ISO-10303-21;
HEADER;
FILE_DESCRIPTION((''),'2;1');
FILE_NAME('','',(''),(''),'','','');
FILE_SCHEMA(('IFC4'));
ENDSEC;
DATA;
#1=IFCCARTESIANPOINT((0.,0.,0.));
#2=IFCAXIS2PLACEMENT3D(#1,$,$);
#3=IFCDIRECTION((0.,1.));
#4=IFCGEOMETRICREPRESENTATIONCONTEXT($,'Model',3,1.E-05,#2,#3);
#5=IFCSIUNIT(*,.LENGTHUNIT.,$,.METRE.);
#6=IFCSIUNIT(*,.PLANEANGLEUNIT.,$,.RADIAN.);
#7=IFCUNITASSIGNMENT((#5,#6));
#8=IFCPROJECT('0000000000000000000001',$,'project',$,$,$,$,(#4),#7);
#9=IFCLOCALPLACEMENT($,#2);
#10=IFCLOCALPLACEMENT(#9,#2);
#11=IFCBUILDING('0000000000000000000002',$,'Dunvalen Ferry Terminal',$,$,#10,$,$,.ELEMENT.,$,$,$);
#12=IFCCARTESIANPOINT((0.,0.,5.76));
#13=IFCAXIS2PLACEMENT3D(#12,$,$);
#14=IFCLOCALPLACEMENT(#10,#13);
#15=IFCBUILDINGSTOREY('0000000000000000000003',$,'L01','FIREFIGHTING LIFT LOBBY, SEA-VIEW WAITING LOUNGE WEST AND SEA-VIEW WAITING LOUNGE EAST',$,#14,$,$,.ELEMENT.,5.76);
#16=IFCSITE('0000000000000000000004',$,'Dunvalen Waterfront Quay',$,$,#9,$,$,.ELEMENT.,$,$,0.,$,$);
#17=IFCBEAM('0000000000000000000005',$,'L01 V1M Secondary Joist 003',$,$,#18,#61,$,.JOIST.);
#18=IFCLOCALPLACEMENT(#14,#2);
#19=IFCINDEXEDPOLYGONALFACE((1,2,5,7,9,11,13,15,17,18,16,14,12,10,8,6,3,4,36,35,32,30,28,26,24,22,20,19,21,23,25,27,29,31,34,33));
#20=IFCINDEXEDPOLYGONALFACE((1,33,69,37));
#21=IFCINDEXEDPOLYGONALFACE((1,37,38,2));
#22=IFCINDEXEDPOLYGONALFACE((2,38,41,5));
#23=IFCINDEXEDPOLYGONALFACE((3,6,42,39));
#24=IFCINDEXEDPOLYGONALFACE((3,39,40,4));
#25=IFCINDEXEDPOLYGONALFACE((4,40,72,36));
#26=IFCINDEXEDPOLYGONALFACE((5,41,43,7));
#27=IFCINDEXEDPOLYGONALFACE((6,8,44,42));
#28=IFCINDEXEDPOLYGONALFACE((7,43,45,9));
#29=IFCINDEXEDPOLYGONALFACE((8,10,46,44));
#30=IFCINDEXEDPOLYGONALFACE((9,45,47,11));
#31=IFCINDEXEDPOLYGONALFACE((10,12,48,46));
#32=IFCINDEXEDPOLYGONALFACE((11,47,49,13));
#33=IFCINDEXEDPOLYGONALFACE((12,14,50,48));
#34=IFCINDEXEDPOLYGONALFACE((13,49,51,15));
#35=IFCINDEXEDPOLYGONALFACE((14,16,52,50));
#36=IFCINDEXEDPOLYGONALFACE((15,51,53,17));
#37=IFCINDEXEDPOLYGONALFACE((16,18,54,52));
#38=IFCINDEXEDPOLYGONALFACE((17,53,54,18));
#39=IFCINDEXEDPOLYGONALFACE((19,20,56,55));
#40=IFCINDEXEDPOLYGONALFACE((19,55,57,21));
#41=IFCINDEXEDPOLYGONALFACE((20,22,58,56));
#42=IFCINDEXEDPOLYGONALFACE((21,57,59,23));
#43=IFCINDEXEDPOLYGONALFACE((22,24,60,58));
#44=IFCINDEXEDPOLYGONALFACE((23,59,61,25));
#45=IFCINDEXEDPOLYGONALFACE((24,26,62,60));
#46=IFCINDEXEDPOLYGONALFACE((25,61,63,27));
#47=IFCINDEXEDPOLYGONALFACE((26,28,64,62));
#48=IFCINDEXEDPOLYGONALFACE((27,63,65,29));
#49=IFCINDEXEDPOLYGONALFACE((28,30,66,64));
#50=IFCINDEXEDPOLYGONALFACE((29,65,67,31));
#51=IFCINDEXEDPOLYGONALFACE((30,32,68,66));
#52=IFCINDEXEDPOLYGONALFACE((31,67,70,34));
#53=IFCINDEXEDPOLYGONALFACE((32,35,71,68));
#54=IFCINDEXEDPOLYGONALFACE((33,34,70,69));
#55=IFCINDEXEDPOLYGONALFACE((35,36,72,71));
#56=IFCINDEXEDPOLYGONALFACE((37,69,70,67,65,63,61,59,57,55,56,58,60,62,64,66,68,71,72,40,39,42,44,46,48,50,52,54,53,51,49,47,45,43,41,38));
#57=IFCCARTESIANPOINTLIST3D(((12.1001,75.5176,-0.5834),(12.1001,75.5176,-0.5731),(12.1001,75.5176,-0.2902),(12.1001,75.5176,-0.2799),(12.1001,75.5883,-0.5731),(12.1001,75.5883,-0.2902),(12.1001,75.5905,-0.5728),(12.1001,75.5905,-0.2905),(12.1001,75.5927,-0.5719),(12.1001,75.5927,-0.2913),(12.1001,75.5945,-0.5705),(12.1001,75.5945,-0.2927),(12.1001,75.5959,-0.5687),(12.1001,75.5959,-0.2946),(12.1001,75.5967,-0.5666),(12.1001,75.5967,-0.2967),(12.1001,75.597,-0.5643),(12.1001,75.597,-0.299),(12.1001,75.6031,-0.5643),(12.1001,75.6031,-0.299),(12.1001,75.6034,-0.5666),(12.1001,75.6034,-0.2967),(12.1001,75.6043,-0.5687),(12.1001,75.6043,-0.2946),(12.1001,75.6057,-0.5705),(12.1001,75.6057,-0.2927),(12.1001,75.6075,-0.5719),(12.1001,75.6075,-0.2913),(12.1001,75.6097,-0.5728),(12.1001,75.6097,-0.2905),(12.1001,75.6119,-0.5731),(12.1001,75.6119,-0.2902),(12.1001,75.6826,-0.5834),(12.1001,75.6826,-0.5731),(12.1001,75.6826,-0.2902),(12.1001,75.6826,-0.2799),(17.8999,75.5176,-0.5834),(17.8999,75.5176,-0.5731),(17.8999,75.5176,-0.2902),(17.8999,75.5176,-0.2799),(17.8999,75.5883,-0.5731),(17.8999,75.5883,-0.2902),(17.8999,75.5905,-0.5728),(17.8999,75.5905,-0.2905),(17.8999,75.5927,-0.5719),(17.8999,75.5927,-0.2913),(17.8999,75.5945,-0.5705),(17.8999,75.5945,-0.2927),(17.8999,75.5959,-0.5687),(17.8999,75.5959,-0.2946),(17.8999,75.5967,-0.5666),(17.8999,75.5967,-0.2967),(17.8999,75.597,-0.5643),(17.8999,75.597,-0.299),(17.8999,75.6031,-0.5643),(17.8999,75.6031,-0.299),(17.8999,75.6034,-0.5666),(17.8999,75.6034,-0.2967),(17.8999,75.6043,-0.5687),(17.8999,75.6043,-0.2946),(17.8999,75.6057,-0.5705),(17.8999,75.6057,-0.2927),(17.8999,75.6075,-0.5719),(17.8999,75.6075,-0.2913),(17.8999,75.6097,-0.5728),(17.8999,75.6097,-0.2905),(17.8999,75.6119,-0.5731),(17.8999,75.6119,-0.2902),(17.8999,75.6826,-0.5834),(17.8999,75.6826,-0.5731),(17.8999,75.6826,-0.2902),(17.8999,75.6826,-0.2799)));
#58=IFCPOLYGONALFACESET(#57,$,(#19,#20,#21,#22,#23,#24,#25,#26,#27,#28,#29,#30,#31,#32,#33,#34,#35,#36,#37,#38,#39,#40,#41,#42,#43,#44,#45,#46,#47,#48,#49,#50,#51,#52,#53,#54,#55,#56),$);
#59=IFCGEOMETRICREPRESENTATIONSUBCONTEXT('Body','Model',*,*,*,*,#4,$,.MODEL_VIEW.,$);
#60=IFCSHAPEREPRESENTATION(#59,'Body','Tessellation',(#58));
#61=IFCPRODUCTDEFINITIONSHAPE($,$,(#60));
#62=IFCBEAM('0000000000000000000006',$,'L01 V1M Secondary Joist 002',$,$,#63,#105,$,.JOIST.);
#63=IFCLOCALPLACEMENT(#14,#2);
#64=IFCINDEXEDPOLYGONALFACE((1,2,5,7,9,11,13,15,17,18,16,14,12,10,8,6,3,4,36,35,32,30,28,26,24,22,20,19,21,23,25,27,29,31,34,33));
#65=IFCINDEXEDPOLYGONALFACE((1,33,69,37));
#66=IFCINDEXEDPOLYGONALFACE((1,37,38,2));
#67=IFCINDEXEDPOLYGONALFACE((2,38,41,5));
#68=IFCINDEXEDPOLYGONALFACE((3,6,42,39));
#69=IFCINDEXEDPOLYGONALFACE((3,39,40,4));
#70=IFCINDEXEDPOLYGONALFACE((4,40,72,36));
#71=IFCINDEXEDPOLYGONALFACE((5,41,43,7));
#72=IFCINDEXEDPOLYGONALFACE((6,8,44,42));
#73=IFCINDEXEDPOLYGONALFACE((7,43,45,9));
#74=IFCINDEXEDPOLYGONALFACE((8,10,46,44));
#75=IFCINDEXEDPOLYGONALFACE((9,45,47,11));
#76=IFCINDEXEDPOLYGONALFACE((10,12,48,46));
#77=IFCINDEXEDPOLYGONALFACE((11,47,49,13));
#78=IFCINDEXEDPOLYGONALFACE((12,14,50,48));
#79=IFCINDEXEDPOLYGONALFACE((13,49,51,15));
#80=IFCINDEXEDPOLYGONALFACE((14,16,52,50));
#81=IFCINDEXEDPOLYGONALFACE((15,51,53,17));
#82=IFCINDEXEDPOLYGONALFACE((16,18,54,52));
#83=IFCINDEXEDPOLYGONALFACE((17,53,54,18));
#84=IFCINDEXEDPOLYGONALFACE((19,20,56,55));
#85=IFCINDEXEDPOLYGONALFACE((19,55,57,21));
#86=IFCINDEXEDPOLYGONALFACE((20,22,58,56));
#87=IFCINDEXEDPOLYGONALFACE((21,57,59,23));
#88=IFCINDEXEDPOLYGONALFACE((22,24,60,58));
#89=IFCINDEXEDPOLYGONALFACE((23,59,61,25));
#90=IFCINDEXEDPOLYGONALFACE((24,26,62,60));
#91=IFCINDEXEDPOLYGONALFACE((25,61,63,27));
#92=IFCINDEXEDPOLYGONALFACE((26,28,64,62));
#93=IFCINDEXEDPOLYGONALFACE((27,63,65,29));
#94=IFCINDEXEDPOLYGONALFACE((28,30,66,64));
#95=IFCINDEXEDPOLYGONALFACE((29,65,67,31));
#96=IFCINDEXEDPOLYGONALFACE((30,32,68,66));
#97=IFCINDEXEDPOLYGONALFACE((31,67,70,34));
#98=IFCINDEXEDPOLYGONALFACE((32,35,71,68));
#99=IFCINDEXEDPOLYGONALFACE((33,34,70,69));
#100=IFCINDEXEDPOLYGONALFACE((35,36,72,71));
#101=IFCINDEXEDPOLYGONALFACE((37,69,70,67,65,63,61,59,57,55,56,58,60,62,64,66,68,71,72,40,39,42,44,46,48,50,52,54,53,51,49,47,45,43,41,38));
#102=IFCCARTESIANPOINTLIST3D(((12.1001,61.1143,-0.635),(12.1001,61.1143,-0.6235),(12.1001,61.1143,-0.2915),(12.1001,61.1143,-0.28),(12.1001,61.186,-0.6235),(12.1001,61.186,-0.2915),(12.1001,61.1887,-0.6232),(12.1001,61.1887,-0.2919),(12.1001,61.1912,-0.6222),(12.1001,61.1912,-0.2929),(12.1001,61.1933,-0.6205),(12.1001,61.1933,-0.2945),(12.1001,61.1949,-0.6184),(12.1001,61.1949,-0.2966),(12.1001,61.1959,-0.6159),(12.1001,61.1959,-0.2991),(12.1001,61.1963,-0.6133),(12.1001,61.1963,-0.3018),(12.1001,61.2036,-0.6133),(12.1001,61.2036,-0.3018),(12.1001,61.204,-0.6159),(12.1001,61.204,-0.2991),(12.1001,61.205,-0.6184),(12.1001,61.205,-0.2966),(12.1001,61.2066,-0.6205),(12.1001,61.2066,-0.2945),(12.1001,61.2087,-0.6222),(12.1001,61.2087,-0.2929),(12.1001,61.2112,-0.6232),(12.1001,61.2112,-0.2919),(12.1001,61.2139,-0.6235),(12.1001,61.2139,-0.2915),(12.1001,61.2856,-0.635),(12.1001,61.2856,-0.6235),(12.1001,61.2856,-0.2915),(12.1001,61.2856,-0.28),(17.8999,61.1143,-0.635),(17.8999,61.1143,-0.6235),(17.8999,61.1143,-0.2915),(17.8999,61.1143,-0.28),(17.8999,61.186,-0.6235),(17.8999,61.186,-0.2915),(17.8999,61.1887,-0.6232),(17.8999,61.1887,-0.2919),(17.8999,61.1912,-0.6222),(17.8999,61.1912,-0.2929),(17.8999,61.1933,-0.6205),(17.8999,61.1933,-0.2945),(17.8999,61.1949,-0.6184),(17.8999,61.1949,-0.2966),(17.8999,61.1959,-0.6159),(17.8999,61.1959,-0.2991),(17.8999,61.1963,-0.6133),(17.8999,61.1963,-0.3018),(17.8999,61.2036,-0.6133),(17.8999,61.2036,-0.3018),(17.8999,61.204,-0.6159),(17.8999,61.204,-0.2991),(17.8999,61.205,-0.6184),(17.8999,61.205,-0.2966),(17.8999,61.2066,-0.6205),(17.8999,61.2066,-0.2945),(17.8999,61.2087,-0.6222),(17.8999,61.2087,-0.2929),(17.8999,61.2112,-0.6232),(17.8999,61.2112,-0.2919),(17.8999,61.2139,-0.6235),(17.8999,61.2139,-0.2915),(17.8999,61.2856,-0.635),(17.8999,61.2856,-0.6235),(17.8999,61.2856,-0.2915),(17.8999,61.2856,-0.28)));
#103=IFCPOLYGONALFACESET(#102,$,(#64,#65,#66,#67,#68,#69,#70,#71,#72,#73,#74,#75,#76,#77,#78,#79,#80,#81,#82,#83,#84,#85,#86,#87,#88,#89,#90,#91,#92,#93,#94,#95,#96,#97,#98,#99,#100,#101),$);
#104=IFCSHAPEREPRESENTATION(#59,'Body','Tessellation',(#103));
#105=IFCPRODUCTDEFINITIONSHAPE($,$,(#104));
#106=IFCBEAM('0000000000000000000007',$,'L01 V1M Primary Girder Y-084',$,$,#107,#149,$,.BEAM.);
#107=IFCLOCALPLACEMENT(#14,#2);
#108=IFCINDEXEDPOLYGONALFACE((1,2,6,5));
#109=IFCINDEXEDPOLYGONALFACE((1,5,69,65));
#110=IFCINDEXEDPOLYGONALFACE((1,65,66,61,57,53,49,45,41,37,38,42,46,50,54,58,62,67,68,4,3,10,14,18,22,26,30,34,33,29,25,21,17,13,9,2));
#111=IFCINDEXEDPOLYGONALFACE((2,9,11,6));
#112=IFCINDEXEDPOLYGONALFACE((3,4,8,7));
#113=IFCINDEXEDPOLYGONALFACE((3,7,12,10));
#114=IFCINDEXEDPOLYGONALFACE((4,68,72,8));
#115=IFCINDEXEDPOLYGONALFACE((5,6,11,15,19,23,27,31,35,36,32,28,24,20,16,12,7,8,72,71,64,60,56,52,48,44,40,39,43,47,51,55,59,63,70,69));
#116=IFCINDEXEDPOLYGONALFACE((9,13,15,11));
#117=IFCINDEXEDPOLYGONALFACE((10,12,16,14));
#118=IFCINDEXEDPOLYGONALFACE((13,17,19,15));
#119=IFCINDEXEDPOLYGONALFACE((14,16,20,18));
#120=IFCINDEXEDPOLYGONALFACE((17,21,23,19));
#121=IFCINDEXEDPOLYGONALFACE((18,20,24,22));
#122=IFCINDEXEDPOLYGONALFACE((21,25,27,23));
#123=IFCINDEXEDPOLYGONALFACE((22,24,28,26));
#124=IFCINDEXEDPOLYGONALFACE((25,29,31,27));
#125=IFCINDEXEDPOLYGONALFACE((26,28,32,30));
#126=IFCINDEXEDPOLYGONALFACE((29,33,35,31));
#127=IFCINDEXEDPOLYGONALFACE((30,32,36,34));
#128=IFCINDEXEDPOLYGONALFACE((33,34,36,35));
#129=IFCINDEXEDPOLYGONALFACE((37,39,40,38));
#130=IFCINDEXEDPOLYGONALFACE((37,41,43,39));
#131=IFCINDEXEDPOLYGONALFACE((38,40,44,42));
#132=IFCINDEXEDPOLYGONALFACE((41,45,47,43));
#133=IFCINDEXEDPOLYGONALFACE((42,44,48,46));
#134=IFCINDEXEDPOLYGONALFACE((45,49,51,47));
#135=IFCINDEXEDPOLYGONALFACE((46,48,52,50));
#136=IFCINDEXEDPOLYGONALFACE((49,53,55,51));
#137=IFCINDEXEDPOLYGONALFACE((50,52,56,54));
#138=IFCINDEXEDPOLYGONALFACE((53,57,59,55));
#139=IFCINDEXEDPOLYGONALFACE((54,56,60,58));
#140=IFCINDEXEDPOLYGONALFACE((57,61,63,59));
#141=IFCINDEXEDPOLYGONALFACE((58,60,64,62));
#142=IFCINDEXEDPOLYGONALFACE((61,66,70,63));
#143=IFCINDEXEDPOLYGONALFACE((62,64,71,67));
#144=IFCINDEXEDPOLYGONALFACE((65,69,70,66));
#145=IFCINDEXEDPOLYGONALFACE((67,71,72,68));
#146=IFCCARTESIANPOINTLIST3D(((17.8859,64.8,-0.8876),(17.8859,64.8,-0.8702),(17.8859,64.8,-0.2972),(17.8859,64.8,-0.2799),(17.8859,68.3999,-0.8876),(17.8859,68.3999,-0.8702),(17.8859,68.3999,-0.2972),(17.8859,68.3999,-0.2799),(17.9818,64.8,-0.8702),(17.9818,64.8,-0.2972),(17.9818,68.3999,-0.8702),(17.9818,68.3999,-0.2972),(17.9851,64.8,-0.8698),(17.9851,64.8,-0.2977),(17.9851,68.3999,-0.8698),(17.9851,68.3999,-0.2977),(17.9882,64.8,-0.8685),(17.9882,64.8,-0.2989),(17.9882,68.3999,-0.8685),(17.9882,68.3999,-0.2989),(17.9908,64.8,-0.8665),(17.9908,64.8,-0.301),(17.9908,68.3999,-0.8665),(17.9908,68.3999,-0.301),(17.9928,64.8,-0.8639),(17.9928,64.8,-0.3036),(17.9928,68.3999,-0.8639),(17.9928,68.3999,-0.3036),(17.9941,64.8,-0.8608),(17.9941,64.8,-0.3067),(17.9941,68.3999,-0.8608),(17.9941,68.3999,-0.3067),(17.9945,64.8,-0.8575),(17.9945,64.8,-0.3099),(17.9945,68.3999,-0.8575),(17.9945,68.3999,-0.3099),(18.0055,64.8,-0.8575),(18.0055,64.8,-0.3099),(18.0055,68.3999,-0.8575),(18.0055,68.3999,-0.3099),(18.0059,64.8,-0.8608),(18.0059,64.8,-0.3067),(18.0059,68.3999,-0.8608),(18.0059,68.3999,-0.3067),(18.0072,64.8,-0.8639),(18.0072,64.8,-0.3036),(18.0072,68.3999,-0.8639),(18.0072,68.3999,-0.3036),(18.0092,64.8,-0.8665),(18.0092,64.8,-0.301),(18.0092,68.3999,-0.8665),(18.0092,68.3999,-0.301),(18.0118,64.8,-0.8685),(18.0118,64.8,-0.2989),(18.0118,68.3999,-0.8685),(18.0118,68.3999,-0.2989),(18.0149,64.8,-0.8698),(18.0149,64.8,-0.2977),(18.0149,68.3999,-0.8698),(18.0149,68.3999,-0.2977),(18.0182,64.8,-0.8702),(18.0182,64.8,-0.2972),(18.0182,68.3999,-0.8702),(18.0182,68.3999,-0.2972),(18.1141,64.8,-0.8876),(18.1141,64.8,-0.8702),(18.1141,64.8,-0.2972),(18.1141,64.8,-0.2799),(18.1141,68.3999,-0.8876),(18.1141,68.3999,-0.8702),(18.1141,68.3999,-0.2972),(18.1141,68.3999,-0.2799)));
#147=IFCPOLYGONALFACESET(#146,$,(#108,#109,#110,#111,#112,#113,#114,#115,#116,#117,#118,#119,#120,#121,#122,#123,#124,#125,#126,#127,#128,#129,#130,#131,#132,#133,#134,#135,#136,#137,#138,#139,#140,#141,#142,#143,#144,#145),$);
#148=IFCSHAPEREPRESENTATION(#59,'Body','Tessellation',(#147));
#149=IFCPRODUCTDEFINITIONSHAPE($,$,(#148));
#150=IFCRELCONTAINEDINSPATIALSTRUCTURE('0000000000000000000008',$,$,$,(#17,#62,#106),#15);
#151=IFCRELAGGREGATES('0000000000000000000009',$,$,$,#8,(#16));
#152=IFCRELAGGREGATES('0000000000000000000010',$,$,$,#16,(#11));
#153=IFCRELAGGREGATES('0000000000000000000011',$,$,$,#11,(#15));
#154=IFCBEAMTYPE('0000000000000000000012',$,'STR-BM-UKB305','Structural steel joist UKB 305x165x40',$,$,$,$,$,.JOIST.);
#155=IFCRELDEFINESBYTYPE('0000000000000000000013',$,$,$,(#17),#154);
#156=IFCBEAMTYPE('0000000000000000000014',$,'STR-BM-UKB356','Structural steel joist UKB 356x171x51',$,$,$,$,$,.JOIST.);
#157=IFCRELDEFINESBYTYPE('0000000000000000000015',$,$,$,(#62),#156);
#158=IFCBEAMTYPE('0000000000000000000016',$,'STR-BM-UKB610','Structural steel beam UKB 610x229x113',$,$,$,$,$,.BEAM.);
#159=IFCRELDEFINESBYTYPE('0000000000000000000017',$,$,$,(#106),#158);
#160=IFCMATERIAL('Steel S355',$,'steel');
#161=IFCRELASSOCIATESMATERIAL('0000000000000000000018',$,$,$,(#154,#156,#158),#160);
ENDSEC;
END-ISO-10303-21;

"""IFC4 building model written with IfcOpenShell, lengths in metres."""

from ifc_helpers import new_model, si_unit, direction, frame, origin, origin_2d, place, context, subcontext, project, spatial, i_section, extrude, material, material_profile, profile_set, type_object, element, save


model = new_model("IFC4")

# Units and contexts
model_context = context("Model", 3, precision=1e-05, world=origin(), true_north=direction((0.0, 1.0)))
body_context = subcontext(model_context, "Body", "Model", "MODEL_VIEW")
ifc_project = project(units=[si_unit("LENGTHUNIT", "METRE"), si_unit("PLANEANGLEUNIT", "RADIAN")], contexts=[model_context])

# Site, building, storey
site_placement = place(None, origin())
site = spatial("IfcSite", under=ifc_project, at=site_placement, Name="Dunvalen Waterfront Quay", CompositionType="ELEMENT", RefElevation=0.0)
building_placement = place(site_placement, origin())
building = spatial("IfcBuilding", under=site, at=building_placement, Name="Dunvalen Ferry Terminal", CompositionType="ELEMENT")
storey_placement = place(building_placement, frame((0.0, 0.0, 5.76)))
storey = spatial("IfcBuildingStorey", under=building, at=storey_placement, Name="L01", Description="FIREFIGHTING LIFT LOBBY, SEA-VIEW WAITING LOUNGE WEST AND SEA-VIEW WAITING LOUNGE EAST", CompositionType="ELEMENT", Elevation=5.76)

# Beams
ifc_material_1 = material(Name="Steel S355", Category="steel")
ifc_material_profile_1 = material_profile(ifc_material_1, i_section(OverallWidth=0.165, OverallDepth=0.3035, WebThickness=0.0061, FlangeThickness=0.0103, FilletRadius=0.0088, at=origin_2d()), Name="Steel S355")
ifc_profile_set_1 = profile_set([ifc_material_profile_1], Name="Steel S355")
beam_type_1 = type_object("IfcBeamType", Name="STR-BM-UKB305", Description="Structural steel joist UKB 305x165x40", PredefinedType="JOIST", material=ifc_profile_set_1)
beam_1_placement = place(storey_placement, frame((12.1001, 75.6001, -0.4316), z_axis=(1.0, 0.0, 0.0), x_axis=(0.0, 1.0, 0.0)))
element("IfcBeam", 1, at=beam_1_placement, inside=storey, type_object=beam_type_1, Name="L01 V1M Secondary Joist 003", PredefinedType="JOIST", context=body_context, shape_type="SweptSolid", body=[
    extrude(i_section(OverallWidth=0.165, OverallDepth=0.3035, WebThickness=0.0061, FlangeThickness=0.0103, FilletRadius=0.0088, at=origin_2d()), origin(), (0.0, 0.0, 1.0), 5.7998),
])
ifc_material_profile_2 = material_profile(ifc_material_1, i_section(OverallWidth=0.1714, OverallDepth=0.355, WebThickness=0.0073, FlangeThickness=0.0115, FilletRadius=0.0103, at=origin_2d()), Name="Steel S355")
ifc_profile_set_2 = profile_set([ifc_material_profile_2], Name="Steel S355")
beam_type_2 = type_object("IfcBeamType", Name="STR-BM-UKB356", Description="Structural steel joist UKB 356x171x51", PredefinedType="JOIST", material=ifc_profile_set_2)
beam_2_placement = place(storey_placement, frame((12.1001, 61.2, -0.4575), z_axis=(1.0, 0.0, 0.0), x_axis=(0.0, 1.0, 0.0)))
element("IfcBeam", 2, at=beam_2_placement, inside=storey, type_object=beam_type_2, Name="L01 V1M Secondary Joist 002", PredefinedType="JOIST", context=body_context, shape_type="SweptSolid", body=[
    extrude(i_section(OverallWidth=0.1714, OverallDepth=0.355, WebThickness=0.0073, FlangeThickness=0.0115, FilletRadius=0.0103, at=origin_2d()), origin(), (0.0, 0.0, 1.0), 5.7998),
])
ifc_material_profile_3 = material_profile(ifc_material_1, i_section(OverallWidth=0.2283, OverallDepth=0.6077, WebThickness=0.011, FlangeThickness=0.0173, FilletRadius=0.0127, at=origin_2d()), Name="Steel S355")
ifc_profile_set_3 = profile_set([ifc_material_profile_3], Name="Steel S355")
beam_type_3 = type_object("IfcBeamType", Name="STR-BM-UKB610", Description="Structural steel beam UKB 610x229x113", PredefinedType="BEAM", material=ifc_profile_set_3)
beam_3_placement = place(storey_placement, frame((18.0, 64.8, -0.5837), z_axis=(0.0, 1.0, 0.0), x_axis=(-1.0, 0.0, 0.0)))
element("IfcBeam", 3, at=beam_3_placement, inside=storey, type_object=beam_type_3, Name="L01 V1M Primary Girder Y-084", PredefinedType="BEAM", context=body_context, shape_type="SweptSolid", body=[
    extrude(i_section(OverallWidth=0.2283, OverallDepth=0.6077, WebThickness=0.011, FlangeThickness=0.0173, FilletRadius=0.0127, at=origin_2d()), origin(), (0.0, 0.0, 1.0), 3.5999),
])

save(model, "model.ifc")
